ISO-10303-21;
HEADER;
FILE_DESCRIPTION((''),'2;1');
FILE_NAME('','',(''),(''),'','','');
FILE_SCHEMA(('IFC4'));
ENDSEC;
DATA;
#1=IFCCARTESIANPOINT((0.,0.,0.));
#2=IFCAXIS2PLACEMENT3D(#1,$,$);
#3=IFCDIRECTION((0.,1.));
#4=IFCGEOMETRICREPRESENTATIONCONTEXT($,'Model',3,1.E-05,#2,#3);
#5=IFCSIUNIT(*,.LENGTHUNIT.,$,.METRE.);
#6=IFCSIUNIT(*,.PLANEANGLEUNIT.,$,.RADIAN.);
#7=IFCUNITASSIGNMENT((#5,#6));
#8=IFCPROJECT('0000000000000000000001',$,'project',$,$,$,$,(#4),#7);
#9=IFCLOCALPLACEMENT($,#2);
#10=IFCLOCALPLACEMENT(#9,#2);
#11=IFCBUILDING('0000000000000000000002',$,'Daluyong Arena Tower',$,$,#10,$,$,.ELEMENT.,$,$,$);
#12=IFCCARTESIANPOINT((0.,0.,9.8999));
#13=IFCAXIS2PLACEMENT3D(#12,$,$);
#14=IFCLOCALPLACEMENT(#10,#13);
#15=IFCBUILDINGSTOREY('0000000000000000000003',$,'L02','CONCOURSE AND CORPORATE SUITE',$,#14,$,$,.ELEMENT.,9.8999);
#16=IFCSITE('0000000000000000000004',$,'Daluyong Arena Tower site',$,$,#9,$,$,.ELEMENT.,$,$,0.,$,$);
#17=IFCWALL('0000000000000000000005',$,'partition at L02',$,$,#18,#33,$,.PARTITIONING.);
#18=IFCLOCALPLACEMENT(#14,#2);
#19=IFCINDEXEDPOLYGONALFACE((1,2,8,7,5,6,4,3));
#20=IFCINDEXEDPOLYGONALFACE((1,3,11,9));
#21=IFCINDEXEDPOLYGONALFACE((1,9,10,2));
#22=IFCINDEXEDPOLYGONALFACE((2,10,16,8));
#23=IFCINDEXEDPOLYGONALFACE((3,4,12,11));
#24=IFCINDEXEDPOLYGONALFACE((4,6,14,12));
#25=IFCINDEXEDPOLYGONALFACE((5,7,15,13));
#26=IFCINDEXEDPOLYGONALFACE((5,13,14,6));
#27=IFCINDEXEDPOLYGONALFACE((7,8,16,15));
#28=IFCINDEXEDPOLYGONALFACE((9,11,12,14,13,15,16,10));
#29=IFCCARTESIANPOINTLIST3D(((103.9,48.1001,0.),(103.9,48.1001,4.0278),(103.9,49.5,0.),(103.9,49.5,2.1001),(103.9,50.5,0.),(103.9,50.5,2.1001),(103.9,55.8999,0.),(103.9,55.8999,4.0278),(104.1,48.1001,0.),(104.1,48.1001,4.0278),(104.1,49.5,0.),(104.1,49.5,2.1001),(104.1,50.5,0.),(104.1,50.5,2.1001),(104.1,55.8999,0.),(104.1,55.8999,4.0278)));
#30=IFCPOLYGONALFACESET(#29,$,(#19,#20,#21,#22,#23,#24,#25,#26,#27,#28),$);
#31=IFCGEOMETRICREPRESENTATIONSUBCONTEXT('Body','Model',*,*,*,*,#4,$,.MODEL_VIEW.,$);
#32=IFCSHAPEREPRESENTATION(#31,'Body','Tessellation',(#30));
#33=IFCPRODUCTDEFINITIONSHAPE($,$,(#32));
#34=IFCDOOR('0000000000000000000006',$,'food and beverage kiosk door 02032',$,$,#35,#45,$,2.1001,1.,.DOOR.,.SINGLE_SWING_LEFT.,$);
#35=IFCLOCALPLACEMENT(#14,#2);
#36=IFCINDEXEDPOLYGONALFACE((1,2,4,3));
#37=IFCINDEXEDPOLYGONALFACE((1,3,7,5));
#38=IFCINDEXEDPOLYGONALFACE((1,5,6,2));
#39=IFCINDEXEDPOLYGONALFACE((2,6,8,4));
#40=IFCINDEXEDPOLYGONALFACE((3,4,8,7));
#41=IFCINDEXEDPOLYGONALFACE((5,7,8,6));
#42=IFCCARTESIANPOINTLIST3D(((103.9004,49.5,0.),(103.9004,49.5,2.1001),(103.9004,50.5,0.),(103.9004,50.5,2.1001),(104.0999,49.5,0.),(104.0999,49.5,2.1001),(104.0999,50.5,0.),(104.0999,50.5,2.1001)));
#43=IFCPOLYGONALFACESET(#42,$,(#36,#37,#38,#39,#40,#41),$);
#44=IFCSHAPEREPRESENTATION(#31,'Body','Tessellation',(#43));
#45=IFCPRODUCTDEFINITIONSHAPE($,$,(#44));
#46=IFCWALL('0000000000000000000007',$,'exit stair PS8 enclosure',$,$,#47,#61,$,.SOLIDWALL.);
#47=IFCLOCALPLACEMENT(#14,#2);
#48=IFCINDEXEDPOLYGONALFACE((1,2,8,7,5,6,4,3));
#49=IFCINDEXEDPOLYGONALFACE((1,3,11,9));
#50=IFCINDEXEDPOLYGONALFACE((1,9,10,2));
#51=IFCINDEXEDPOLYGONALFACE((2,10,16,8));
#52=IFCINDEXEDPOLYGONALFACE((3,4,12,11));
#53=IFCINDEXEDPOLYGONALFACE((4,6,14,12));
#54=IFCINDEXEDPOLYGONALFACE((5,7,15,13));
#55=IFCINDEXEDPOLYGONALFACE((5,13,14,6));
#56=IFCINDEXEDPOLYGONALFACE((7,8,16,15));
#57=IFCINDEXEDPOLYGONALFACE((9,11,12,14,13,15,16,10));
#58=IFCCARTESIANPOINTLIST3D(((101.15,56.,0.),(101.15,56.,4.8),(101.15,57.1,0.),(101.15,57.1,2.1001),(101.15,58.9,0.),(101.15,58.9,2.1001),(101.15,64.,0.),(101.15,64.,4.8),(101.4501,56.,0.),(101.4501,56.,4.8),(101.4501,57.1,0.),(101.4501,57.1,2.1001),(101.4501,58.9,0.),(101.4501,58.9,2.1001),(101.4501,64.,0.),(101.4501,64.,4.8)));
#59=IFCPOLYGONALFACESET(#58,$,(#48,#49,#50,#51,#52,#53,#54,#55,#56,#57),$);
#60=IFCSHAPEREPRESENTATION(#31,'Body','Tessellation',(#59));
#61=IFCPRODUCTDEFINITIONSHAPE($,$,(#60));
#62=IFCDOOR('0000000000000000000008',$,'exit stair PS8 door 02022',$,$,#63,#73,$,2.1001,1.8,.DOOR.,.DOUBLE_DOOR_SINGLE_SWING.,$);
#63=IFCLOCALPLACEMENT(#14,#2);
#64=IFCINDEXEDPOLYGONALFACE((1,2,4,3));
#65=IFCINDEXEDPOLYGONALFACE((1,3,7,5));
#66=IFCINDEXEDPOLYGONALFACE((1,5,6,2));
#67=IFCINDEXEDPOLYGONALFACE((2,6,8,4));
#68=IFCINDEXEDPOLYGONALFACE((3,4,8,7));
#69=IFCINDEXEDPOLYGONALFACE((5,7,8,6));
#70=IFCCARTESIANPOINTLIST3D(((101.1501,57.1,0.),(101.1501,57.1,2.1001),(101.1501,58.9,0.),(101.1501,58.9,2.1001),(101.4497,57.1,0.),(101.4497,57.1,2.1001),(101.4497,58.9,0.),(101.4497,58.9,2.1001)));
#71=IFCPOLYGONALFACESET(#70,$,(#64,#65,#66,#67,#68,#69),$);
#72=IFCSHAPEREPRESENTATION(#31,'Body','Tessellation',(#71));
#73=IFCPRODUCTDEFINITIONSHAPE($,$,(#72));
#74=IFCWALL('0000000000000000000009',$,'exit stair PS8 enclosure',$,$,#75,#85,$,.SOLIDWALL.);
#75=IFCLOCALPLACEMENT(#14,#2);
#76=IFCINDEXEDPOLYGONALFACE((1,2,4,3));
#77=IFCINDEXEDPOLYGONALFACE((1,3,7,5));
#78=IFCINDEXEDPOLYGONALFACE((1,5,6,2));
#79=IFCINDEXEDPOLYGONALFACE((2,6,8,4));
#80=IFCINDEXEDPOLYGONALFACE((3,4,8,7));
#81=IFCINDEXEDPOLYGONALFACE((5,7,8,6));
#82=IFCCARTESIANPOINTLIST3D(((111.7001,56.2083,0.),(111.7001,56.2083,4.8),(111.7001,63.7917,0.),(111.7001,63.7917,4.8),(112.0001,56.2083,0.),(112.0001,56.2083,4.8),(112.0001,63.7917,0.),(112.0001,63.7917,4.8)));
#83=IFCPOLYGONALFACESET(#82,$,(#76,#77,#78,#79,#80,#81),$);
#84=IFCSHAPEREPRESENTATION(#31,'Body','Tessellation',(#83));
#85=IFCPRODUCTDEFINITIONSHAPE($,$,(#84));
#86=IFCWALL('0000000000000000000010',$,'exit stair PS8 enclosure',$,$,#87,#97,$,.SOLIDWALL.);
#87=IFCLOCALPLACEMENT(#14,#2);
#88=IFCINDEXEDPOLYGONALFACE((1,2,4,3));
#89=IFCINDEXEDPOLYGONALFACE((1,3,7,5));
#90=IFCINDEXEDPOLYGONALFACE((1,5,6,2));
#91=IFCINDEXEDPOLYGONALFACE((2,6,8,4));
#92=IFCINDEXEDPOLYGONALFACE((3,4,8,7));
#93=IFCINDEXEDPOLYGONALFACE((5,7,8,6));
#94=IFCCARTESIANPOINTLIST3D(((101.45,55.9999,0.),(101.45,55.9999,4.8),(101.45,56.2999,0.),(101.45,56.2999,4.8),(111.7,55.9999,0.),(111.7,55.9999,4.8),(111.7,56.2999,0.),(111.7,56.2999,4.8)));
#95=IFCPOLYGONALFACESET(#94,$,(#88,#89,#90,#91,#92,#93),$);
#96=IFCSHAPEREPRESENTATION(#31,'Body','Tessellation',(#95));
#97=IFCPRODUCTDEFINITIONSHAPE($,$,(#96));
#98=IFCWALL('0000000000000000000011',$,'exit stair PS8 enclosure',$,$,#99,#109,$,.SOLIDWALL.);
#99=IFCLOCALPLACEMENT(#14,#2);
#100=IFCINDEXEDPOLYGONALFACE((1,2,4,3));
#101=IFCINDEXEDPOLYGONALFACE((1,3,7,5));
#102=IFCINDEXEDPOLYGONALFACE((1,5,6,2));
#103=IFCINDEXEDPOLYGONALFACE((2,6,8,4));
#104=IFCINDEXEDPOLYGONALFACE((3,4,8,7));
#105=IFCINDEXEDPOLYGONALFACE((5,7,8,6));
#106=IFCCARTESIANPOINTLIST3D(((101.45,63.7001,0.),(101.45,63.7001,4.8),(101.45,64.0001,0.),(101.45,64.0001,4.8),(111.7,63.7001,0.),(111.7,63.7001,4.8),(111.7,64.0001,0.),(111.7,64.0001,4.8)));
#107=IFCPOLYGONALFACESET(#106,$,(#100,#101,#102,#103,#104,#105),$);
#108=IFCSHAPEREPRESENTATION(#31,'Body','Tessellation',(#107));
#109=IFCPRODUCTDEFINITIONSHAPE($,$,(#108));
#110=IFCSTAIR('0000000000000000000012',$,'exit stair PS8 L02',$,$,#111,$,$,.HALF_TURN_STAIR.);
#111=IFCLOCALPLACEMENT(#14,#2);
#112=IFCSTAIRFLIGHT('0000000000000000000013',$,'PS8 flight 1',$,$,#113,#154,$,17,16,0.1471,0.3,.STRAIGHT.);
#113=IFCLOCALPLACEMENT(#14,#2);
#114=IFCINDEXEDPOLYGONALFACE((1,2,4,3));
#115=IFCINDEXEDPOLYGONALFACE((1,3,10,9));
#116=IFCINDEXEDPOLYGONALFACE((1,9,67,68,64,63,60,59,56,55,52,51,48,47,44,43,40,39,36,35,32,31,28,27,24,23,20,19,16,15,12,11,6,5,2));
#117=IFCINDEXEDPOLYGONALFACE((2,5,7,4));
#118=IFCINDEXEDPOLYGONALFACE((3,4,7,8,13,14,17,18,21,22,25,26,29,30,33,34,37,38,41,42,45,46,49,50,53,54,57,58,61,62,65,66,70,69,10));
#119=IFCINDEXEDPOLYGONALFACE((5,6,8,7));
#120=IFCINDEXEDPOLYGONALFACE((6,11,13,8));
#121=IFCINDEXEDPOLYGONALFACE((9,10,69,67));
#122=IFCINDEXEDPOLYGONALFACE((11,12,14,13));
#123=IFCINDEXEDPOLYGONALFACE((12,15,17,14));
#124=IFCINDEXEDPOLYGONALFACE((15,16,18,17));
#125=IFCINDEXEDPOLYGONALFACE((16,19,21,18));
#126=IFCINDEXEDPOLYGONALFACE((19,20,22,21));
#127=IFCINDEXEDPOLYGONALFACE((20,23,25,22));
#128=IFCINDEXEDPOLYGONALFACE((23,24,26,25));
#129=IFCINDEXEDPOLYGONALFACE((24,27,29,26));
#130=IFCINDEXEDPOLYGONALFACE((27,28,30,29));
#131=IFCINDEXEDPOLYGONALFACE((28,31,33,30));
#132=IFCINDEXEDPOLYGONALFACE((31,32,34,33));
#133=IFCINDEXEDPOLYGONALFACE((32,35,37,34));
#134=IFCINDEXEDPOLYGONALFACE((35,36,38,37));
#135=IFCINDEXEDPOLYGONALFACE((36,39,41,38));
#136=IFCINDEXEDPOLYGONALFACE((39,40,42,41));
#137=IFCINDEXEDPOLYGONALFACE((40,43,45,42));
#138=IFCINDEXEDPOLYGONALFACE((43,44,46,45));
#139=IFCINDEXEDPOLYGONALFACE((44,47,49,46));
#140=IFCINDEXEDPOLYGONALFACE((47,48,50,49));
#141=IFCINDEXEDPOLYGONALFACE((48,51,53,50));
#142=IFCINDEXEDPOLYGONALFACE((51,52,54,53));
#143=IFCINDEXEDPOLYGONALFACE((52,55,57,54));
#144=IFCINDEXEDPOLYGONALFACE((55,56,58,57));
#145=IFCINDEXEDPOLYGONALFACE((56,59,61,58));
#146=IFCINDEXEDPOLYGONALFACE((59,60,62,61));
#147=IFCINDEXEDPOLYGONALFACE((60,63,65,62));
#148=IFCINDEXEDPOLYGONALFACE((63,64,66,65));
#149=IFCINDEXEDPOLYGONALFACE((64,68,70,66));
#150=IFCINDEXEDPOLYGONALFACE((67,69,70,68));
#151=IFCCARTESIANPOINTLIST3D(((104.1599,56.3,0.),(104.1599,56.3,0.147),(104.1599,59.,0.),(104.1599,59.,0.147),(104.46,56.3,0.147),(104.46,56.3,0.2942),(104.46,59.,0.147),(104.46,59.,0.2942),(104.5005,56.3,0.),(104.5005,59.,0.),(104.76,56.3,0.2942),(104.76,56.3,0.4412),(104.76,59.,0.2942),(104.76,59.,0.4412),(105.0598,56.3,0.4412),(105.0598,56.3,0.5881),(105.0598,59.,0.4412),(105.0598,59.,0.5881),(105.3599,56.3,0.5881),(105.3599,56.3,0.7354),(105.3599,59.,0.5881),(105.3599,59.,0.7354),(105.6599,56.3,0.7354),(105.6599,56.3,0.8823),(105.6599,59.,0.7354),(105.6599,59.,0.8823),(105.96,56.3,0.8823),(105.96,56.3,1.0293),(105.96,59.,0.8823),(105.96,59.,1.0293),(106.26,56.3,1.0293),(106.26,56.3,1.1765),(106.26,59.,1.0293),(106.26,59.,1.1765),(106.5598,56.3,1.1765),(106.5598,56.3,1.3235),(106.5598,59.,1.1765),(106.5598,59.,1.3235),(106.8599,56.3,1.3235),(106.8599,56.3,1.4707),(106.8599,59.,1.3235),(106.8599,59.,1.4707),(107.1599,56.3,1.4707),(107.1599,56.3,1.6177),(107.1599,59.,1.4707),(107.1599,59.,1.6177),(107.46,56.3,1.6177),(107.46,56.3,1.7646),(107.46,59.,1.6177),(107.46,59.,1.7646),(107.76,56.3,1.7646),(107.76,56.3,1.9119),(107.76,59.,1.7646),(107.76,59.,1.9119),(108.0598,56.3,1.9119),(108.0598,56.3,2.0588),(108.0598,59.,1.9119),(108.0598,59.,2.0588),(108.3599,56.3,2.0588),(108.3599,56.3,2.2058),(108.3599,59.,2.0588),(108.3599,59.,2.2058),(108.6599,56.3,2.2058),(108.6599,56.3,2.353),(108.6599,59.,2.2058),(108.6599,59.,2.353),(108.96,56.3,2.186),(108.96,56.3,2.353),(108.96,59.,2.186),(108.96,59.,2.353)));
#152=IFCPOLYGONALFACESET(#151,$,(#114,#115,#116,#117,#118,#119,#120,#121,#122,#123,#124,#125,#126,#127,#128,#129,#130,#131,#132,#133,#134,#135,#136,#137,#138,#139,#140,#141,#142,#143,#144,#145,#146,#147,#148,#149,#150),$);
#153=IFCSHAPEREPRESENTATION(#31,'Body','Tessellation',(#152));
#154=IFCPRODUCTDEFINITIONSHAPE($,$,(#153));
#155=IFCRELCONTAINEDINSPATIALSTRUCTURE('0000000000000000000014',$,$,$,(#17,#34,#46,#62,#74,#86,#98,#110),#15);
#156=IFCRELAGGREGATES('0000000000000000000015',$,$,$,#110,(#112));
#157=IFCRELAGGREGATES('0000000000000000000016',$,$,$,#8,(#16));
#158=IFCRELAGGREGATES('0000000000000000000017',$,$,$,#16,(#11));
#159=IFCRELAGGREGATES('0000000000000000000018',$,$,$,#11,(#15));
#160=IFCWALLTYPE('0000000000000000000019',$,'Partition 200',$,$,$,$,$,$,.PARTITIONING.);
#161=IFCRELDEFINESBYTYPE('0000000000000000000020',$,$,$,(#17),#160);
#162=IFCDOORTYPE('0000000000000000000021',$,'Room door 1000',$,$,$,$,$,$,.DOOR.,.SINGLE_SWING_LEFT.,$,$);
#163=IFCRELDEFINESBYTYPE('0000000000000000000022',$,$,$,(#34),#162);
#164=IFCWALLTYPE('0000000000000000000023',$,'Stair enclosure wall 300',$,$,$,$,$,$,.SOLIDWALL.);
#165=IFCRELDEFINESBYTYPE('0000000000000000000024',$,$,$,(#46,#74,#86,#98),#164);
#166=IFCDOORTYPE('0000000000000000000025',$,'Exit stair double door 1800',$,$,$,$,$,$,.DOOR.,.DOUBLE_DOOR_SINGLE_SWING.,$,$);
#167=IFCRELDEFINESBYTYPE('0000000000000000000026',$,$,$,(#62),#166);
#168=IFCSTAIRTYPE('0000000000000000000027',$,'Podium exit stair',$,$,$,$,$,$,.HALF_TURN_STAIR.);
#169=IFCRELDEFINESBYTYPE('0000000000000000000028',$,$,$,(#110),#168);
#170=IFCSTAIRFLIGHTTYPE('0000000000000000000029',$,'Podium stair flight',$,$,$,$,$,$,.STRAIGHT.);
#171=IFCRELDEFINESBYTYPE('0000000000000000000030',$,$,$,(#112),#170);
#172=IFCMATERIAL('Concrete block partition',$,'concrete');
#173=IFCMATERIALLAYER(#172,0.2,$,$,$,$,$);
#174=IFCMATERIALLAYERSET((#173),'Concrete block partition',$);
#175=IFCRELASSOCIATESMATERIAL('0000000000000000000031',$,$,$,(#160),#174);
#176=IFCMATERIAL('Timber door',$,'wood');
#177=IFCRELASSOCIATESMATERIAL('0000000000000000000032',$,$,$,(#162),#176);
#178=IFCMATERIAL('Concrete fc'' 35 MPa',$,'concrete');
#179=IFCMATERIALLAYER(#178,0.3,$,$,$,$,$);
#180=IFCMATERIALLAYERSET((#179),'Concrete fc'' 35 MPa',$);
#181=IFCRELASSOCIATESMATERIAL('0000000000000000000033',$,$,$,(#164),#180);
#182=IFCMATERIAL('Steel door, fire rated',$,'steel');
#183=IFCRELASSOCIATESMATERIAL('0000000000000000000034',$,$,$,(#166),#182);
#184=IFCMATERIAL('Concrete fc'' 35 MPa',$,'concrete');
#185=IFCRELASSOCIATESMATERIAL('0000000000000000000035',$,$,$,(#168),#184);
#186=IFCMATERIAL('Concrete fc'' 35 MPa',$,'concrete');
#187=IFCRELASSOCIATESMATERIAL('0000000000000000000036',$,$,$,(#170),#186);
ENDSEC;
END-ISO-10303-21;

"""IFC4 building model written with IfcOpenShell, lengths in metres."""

from ifc_helpers import new_model, si_unit, direction, frame, frame_2d, origin, place, context, subcontext, project, spatial, polyline, rectangle, outline, extrude, material, layer, layer_set, type_object, element, fill, aggregate, save


model = new_model("IFC4")

# Units and contexts
model_context = context("Model", 3, precision=1e-05, world=origin(), true_north=direction((0.0, 1.0)))
body_context = subcontext(model_context, "Body", "Model", "MODEL_VIEW")
ifc_project = project(units=[si_unit("LENGTHUNIT", "METRE"), si_unit("PLANEANGLEUNIT", "RADIAN")], contexts=[model_context])

# Site, building, storey
site_placement = place(None, origin())
site = spatial("IfcSite", under=ifc_project, at=site_placement, Name="Daluyong Arena Tower site", CompositionType="ELEMENT", RefElevation=0.0)
building_placement = place(site_placement, origin())
building = spatial("IfcBuilding", under=site, at=building_placement, Name="Daluyong Arena Tower", CompositionType="ELEMENT")
storey_placement = place(building_placement, frame((0.0, 0.0, 9.8999)))
storey = spatial("IfcBuildingStorey", under=building, at=storey_placement, Name="L02", Description="CONCOURSE AND CORPORATE SUITE", CompositionType="ELEMENT", Elevation=9.8999)

# Walls, openings, doors
ifc_material_1 = material(Name="Concrete block partition", Category="concrete")
ifc_layer_1 = layer(ifc_material_1, 0.2)
ifc_layer_set_1 = layer_set([ifc_layer_1], Name="Concrete block partition")
wall_type_1 = type_object("IfcWallType", Name="Partition 200", PredefinedType="PARTITIONING", material=ifc_layer_set_1)
wall_1_placement = place(storey_placement, frame((104.0, 48.1001, 0.0), z_axis=(0.0, 0.0, 1.0), x_axis=(0.0, 1.0, 0.0)))
wall_1 = element("IfcWall", 1, at=wall_1_placement, inside=storey, type_object=wall_type_1, Name="partition at L02", PredefinedType="PARTITIONING", context=body_context, shape_type="SweptSolid", body=[
    extrude(rectangle(XDim=7.7998, YDim=0.2, at=frame_2d((3.8999, 0.0))), origin(), (0.0, 0.0, 1.0), 4.0278),
])
opening_1_placement = place(wall_1_placement, frame((1.3999, 0.0, 0.0)))
opening_1 = element("IfcOpeningElement", 2, at=opening_1_placement, cuts=wall_1, PredefinedType="OPENING", context=body_context, shape_type="SweptSolid", body=[
    extrude(rectangle(XDim=1.0, YDim=2.1001, at=frame_2d((0.5, 1.05))), frame((0.0, 0.1099, 0.0), z_axis=(0.0, -1.0, 0.0), x_axis=(1.0, 0.0, 0.0)), (0.0, 0.0, 1.0), 0.22),
])
ifc_material_2 = material(Name="Timber door", Category="wood")
door_type_1 = type_object("IfcDoorType", Name="Room door 1000", OperationType="SINGLE_SWING_LEFT", PredefinedType="DOOR", material=ifc_material_2)
door_1_placement = place(opening_1_placement, origin())
door_1 = element("IfcDoor", 3, at=door_1_placement, inside=storey, type_object=door_type_1, Name="food and beverage kiosk door 02032", OperationType="SINGLE_SWING_LEFT", OverallHeight=2.1001, OverallWidth=1.0, PredefinedType="DOOR", context=body_context, shape_type="SweptSolid", body=[
    extrude(rectangle(XDim=1.0, YDim=2.1001, at=frame_2d((0.5, 1.05))), frame((0.0, 0.0996, 0.0), z_axis=(0.0, -1.0, 0.0), x_axis=(1.0, 0.0, 0.0)), (0.0, 0.0, 1.0), 0.1995),
])
fill(opening_1, door_1)
ifc_material_3 = material(Name="Concrete fc' 35 MPa", Category="concrete")
ifc_layer_2 = layer(ifc_material_3, 0.3)
ifc_layer_set_2 = layer_set([ifc_layer_2], Name="Concrete fc' 35 MPa")
wall_type_2 = type_object("IfcWallType", Name="Stair enclosure wall 300", PredefinedType="SOLIDWALL", material=ifc_layer_set_2)
wall_2_placement = place(storey_placement, frame((101.3, 56.0, 0.0), z_axis=(0.0, 0.0, 1.0), x_axis=(0.0, 1.0, 0.0)))
wall_2 = element("IfcWall", 4, at=wall_2_placement, inside=storey, type_object=wall_type_2, Name="exit stair PS8 enclosure", PredefinedType="SOLIDWALL", context=body_context, shape_type="SweptSolid", body=[
    extrude(rectangle(XDim=8.0, YDim=0.3, at=frame_2d((4.0, 0.0))), origin(), (0.0, 0.0, 1.0), 4.8),
])
opening_2_placement = place(wall_2_placement, frame((1.1001, 0.0, 0.0)))
opening_2 = element("IfcOpeningElement", 5, at=opening_2_placement, cuts=wall_2, PredefinedType="OPENING", context=body_context, shape_type="SweptSolid", body=[
    extrude(rectangle(XDim=1.8, YDim=2.1001, at=frame_2d((0.8999, 1.05))), frame((0.0, 0.1599, 0.0), z_axis=(0.0, -1.0, 0.0), x_axis=(1.0, 0.0, 0.0)), (0.0, 0.0, 1.0), 0.3201),
])
ifc_material_4 = material(Name="Steel door, fire rated", Category="steel")
door_type_2 = type_object("IfcDoorType", Name="Exit stair double door 1800", OperationType="DOUBLE_DOOR_SINGLE_SWING", PredefinedType="DOOR", material=ifc_material_4)
door_2_placement = place(opening_2_placement, origin())
door_2 = element("IfcDoor", 6, at=door_2_placement, inside=storey, type_object=door_type_2, Name="exit stair PS8 door 02022", OperationType="DOUBLE_DOOR_SINGLE_SWING", OverallHeight=2.1001, OverallWidth=1.8, PredefinedType="DOOR", context=body_context, shape_type="SweptSolid", body=[
    extrude(rectangle(XDim=1.8, YDim=2.1001, at=frame_2d((0.8999, 1.05))), frame((0.0, 0.1499, 0.0), z_axis=(0.0, -1.0, 0.0), x_axis=(1.0, 0.0, 0.0)), (0.0, 0.0, 1.0), 0.2996),
])
fill(opening_2, door_2)

# Walls
wall_3_placement = place(storey_placement, frame((111.8501, 56.2083, 0.0), z_axis=(0.0, 0.0, 1.0), x_axis=(0.0, 1.0, 0.0)))
element("IfcWall", 7, at=wall_3_placement, inside=storey, type_object=wall_type_2, Name="exit stair PS8 enclosure", PredefinedType="SOLIDWALL", context=body_context, shape_type="SweptSolid", body=[
    extrude(rectangle(XDim=7.5835, YDim=0.3, at=frame_2d((3.7917, 0.0))), origin(), (0.0, 0.0, 1.0), 4.8),
])
for number, where, z_axis, x_axis, name in (
    (8, (101.45, 56.1499, 0.0), (0.0, 0.0, 1.0), (1.0, 0.0, 0.0), "exit stair PS8 enclosure"),
    (9, (101.45, 63.8501, 0.0), (0.0, 0.0, 1.0), (1.0, 0.0, 0.0), "exit stair PS8 enclosure"),
):
    element("IfcWall", number, at=place(storey_placement, frame(where, z_axis=z_axis, x_axis=x_axis)), inside=storey, type_object=wall_type_2, Name=name, PredefinedType="SOLIDWALL", context=body_context, shape_type="SweptSolid", body=[
        extrude(rectangle(XDim=10.25, YDim=0.3, at=frame_2d((5.125, 0.0))), origin(), (0.0, 0.0, 1.0), 4.8),
    ])

# Stair, stair flight
ifc_material_5 = material(Name="Concrete fc' 35 MPa", Category="concrete")
stair_type = type_object("IfcStairType", Name="Podium exit stair", PredefinedType="HALF_TURN_STAIR", material=ifc_material_5)
stair_placement = place(storey_placement, origin())
stair = element("IfcStair", 10, at=stair_placement, inside=storey, type_object=stair_type, Name="exit stair PS8 L02", PredefinedType="HALF_TURN_STAIR")
ifc_material_6 = material(Name="Concrete fc' 35 MPa", Category="concrete")
stair_flight_type = type_object("IfcStairFlightType", Name="Podium stair flight", PredefinedType="STRAIGHT", material=ifc_material_6)
stair_flight_1_placement = place(storey_placement, frame((104.1599, 57.6499, 0.0), z_axis=(0.0, 0.0, 1.0), x_axis=(1.0, 0.0, 0.0)))
stair_flight_1 = element("IfcStairFlight", 11, at=stair_flight_1_placement, type_object=stair_flight_type, Name="PS8 flight 1", NumberOfRisers=17, NumberOfTreads=16, PredefinedType="STRAIGHT", RiserHeight=0.1471, TreadLength=0.3, context=body_context, shape_type="SweptSolid", body=[
    extrude(outline(polyline([(0.0, 0.0), (0.0, 0.147), (0.3, 0.147), (0.3, 0.2942), (0.6001, 0.2942), (0.6001, 0.4412), (0.8999, 0.4412), (0.8999, 0.5881), (1.2, 0.5881), (1.2, 0.7354), (1.5, 0.7354), (1.5, 0.8823), (1.8, 0.8823), (1.8, 1.0293), (2.1001, 1.0293), (2.1001, 1.1765), (2.3999, 1.1765), (2.3999, 1.3235), (2.7, 1.3235), (2.7, 1.4707), (3.0, 1.4707), (3.0, 1.6177), (3.3, 1.6177), (3.3, 1.7646), (3.6001, 1.7646), (3.6001, 1.9119), (3.8999, 1.9119), (3.8999, 2.0588), (4.2, 2.0588), (4.2, 2.2058), (4.5, 2.2058), (4.5, 2.353), (4.8, 2.353), (4.8, 2.5), (4.8, 2.186), (0.3406, 0.0), (0.0, 0.0)])), frame((0.0, 1.3501, 0.0), z_axis=(0.0, -1.0, 0.0), x_axis=(1.0, 0.0, 0.0)), (0.0, 0.0, 1.0), 2.7),
])
aggregate(stair, [stair_flight_1])

save(model, "model.ifc")
